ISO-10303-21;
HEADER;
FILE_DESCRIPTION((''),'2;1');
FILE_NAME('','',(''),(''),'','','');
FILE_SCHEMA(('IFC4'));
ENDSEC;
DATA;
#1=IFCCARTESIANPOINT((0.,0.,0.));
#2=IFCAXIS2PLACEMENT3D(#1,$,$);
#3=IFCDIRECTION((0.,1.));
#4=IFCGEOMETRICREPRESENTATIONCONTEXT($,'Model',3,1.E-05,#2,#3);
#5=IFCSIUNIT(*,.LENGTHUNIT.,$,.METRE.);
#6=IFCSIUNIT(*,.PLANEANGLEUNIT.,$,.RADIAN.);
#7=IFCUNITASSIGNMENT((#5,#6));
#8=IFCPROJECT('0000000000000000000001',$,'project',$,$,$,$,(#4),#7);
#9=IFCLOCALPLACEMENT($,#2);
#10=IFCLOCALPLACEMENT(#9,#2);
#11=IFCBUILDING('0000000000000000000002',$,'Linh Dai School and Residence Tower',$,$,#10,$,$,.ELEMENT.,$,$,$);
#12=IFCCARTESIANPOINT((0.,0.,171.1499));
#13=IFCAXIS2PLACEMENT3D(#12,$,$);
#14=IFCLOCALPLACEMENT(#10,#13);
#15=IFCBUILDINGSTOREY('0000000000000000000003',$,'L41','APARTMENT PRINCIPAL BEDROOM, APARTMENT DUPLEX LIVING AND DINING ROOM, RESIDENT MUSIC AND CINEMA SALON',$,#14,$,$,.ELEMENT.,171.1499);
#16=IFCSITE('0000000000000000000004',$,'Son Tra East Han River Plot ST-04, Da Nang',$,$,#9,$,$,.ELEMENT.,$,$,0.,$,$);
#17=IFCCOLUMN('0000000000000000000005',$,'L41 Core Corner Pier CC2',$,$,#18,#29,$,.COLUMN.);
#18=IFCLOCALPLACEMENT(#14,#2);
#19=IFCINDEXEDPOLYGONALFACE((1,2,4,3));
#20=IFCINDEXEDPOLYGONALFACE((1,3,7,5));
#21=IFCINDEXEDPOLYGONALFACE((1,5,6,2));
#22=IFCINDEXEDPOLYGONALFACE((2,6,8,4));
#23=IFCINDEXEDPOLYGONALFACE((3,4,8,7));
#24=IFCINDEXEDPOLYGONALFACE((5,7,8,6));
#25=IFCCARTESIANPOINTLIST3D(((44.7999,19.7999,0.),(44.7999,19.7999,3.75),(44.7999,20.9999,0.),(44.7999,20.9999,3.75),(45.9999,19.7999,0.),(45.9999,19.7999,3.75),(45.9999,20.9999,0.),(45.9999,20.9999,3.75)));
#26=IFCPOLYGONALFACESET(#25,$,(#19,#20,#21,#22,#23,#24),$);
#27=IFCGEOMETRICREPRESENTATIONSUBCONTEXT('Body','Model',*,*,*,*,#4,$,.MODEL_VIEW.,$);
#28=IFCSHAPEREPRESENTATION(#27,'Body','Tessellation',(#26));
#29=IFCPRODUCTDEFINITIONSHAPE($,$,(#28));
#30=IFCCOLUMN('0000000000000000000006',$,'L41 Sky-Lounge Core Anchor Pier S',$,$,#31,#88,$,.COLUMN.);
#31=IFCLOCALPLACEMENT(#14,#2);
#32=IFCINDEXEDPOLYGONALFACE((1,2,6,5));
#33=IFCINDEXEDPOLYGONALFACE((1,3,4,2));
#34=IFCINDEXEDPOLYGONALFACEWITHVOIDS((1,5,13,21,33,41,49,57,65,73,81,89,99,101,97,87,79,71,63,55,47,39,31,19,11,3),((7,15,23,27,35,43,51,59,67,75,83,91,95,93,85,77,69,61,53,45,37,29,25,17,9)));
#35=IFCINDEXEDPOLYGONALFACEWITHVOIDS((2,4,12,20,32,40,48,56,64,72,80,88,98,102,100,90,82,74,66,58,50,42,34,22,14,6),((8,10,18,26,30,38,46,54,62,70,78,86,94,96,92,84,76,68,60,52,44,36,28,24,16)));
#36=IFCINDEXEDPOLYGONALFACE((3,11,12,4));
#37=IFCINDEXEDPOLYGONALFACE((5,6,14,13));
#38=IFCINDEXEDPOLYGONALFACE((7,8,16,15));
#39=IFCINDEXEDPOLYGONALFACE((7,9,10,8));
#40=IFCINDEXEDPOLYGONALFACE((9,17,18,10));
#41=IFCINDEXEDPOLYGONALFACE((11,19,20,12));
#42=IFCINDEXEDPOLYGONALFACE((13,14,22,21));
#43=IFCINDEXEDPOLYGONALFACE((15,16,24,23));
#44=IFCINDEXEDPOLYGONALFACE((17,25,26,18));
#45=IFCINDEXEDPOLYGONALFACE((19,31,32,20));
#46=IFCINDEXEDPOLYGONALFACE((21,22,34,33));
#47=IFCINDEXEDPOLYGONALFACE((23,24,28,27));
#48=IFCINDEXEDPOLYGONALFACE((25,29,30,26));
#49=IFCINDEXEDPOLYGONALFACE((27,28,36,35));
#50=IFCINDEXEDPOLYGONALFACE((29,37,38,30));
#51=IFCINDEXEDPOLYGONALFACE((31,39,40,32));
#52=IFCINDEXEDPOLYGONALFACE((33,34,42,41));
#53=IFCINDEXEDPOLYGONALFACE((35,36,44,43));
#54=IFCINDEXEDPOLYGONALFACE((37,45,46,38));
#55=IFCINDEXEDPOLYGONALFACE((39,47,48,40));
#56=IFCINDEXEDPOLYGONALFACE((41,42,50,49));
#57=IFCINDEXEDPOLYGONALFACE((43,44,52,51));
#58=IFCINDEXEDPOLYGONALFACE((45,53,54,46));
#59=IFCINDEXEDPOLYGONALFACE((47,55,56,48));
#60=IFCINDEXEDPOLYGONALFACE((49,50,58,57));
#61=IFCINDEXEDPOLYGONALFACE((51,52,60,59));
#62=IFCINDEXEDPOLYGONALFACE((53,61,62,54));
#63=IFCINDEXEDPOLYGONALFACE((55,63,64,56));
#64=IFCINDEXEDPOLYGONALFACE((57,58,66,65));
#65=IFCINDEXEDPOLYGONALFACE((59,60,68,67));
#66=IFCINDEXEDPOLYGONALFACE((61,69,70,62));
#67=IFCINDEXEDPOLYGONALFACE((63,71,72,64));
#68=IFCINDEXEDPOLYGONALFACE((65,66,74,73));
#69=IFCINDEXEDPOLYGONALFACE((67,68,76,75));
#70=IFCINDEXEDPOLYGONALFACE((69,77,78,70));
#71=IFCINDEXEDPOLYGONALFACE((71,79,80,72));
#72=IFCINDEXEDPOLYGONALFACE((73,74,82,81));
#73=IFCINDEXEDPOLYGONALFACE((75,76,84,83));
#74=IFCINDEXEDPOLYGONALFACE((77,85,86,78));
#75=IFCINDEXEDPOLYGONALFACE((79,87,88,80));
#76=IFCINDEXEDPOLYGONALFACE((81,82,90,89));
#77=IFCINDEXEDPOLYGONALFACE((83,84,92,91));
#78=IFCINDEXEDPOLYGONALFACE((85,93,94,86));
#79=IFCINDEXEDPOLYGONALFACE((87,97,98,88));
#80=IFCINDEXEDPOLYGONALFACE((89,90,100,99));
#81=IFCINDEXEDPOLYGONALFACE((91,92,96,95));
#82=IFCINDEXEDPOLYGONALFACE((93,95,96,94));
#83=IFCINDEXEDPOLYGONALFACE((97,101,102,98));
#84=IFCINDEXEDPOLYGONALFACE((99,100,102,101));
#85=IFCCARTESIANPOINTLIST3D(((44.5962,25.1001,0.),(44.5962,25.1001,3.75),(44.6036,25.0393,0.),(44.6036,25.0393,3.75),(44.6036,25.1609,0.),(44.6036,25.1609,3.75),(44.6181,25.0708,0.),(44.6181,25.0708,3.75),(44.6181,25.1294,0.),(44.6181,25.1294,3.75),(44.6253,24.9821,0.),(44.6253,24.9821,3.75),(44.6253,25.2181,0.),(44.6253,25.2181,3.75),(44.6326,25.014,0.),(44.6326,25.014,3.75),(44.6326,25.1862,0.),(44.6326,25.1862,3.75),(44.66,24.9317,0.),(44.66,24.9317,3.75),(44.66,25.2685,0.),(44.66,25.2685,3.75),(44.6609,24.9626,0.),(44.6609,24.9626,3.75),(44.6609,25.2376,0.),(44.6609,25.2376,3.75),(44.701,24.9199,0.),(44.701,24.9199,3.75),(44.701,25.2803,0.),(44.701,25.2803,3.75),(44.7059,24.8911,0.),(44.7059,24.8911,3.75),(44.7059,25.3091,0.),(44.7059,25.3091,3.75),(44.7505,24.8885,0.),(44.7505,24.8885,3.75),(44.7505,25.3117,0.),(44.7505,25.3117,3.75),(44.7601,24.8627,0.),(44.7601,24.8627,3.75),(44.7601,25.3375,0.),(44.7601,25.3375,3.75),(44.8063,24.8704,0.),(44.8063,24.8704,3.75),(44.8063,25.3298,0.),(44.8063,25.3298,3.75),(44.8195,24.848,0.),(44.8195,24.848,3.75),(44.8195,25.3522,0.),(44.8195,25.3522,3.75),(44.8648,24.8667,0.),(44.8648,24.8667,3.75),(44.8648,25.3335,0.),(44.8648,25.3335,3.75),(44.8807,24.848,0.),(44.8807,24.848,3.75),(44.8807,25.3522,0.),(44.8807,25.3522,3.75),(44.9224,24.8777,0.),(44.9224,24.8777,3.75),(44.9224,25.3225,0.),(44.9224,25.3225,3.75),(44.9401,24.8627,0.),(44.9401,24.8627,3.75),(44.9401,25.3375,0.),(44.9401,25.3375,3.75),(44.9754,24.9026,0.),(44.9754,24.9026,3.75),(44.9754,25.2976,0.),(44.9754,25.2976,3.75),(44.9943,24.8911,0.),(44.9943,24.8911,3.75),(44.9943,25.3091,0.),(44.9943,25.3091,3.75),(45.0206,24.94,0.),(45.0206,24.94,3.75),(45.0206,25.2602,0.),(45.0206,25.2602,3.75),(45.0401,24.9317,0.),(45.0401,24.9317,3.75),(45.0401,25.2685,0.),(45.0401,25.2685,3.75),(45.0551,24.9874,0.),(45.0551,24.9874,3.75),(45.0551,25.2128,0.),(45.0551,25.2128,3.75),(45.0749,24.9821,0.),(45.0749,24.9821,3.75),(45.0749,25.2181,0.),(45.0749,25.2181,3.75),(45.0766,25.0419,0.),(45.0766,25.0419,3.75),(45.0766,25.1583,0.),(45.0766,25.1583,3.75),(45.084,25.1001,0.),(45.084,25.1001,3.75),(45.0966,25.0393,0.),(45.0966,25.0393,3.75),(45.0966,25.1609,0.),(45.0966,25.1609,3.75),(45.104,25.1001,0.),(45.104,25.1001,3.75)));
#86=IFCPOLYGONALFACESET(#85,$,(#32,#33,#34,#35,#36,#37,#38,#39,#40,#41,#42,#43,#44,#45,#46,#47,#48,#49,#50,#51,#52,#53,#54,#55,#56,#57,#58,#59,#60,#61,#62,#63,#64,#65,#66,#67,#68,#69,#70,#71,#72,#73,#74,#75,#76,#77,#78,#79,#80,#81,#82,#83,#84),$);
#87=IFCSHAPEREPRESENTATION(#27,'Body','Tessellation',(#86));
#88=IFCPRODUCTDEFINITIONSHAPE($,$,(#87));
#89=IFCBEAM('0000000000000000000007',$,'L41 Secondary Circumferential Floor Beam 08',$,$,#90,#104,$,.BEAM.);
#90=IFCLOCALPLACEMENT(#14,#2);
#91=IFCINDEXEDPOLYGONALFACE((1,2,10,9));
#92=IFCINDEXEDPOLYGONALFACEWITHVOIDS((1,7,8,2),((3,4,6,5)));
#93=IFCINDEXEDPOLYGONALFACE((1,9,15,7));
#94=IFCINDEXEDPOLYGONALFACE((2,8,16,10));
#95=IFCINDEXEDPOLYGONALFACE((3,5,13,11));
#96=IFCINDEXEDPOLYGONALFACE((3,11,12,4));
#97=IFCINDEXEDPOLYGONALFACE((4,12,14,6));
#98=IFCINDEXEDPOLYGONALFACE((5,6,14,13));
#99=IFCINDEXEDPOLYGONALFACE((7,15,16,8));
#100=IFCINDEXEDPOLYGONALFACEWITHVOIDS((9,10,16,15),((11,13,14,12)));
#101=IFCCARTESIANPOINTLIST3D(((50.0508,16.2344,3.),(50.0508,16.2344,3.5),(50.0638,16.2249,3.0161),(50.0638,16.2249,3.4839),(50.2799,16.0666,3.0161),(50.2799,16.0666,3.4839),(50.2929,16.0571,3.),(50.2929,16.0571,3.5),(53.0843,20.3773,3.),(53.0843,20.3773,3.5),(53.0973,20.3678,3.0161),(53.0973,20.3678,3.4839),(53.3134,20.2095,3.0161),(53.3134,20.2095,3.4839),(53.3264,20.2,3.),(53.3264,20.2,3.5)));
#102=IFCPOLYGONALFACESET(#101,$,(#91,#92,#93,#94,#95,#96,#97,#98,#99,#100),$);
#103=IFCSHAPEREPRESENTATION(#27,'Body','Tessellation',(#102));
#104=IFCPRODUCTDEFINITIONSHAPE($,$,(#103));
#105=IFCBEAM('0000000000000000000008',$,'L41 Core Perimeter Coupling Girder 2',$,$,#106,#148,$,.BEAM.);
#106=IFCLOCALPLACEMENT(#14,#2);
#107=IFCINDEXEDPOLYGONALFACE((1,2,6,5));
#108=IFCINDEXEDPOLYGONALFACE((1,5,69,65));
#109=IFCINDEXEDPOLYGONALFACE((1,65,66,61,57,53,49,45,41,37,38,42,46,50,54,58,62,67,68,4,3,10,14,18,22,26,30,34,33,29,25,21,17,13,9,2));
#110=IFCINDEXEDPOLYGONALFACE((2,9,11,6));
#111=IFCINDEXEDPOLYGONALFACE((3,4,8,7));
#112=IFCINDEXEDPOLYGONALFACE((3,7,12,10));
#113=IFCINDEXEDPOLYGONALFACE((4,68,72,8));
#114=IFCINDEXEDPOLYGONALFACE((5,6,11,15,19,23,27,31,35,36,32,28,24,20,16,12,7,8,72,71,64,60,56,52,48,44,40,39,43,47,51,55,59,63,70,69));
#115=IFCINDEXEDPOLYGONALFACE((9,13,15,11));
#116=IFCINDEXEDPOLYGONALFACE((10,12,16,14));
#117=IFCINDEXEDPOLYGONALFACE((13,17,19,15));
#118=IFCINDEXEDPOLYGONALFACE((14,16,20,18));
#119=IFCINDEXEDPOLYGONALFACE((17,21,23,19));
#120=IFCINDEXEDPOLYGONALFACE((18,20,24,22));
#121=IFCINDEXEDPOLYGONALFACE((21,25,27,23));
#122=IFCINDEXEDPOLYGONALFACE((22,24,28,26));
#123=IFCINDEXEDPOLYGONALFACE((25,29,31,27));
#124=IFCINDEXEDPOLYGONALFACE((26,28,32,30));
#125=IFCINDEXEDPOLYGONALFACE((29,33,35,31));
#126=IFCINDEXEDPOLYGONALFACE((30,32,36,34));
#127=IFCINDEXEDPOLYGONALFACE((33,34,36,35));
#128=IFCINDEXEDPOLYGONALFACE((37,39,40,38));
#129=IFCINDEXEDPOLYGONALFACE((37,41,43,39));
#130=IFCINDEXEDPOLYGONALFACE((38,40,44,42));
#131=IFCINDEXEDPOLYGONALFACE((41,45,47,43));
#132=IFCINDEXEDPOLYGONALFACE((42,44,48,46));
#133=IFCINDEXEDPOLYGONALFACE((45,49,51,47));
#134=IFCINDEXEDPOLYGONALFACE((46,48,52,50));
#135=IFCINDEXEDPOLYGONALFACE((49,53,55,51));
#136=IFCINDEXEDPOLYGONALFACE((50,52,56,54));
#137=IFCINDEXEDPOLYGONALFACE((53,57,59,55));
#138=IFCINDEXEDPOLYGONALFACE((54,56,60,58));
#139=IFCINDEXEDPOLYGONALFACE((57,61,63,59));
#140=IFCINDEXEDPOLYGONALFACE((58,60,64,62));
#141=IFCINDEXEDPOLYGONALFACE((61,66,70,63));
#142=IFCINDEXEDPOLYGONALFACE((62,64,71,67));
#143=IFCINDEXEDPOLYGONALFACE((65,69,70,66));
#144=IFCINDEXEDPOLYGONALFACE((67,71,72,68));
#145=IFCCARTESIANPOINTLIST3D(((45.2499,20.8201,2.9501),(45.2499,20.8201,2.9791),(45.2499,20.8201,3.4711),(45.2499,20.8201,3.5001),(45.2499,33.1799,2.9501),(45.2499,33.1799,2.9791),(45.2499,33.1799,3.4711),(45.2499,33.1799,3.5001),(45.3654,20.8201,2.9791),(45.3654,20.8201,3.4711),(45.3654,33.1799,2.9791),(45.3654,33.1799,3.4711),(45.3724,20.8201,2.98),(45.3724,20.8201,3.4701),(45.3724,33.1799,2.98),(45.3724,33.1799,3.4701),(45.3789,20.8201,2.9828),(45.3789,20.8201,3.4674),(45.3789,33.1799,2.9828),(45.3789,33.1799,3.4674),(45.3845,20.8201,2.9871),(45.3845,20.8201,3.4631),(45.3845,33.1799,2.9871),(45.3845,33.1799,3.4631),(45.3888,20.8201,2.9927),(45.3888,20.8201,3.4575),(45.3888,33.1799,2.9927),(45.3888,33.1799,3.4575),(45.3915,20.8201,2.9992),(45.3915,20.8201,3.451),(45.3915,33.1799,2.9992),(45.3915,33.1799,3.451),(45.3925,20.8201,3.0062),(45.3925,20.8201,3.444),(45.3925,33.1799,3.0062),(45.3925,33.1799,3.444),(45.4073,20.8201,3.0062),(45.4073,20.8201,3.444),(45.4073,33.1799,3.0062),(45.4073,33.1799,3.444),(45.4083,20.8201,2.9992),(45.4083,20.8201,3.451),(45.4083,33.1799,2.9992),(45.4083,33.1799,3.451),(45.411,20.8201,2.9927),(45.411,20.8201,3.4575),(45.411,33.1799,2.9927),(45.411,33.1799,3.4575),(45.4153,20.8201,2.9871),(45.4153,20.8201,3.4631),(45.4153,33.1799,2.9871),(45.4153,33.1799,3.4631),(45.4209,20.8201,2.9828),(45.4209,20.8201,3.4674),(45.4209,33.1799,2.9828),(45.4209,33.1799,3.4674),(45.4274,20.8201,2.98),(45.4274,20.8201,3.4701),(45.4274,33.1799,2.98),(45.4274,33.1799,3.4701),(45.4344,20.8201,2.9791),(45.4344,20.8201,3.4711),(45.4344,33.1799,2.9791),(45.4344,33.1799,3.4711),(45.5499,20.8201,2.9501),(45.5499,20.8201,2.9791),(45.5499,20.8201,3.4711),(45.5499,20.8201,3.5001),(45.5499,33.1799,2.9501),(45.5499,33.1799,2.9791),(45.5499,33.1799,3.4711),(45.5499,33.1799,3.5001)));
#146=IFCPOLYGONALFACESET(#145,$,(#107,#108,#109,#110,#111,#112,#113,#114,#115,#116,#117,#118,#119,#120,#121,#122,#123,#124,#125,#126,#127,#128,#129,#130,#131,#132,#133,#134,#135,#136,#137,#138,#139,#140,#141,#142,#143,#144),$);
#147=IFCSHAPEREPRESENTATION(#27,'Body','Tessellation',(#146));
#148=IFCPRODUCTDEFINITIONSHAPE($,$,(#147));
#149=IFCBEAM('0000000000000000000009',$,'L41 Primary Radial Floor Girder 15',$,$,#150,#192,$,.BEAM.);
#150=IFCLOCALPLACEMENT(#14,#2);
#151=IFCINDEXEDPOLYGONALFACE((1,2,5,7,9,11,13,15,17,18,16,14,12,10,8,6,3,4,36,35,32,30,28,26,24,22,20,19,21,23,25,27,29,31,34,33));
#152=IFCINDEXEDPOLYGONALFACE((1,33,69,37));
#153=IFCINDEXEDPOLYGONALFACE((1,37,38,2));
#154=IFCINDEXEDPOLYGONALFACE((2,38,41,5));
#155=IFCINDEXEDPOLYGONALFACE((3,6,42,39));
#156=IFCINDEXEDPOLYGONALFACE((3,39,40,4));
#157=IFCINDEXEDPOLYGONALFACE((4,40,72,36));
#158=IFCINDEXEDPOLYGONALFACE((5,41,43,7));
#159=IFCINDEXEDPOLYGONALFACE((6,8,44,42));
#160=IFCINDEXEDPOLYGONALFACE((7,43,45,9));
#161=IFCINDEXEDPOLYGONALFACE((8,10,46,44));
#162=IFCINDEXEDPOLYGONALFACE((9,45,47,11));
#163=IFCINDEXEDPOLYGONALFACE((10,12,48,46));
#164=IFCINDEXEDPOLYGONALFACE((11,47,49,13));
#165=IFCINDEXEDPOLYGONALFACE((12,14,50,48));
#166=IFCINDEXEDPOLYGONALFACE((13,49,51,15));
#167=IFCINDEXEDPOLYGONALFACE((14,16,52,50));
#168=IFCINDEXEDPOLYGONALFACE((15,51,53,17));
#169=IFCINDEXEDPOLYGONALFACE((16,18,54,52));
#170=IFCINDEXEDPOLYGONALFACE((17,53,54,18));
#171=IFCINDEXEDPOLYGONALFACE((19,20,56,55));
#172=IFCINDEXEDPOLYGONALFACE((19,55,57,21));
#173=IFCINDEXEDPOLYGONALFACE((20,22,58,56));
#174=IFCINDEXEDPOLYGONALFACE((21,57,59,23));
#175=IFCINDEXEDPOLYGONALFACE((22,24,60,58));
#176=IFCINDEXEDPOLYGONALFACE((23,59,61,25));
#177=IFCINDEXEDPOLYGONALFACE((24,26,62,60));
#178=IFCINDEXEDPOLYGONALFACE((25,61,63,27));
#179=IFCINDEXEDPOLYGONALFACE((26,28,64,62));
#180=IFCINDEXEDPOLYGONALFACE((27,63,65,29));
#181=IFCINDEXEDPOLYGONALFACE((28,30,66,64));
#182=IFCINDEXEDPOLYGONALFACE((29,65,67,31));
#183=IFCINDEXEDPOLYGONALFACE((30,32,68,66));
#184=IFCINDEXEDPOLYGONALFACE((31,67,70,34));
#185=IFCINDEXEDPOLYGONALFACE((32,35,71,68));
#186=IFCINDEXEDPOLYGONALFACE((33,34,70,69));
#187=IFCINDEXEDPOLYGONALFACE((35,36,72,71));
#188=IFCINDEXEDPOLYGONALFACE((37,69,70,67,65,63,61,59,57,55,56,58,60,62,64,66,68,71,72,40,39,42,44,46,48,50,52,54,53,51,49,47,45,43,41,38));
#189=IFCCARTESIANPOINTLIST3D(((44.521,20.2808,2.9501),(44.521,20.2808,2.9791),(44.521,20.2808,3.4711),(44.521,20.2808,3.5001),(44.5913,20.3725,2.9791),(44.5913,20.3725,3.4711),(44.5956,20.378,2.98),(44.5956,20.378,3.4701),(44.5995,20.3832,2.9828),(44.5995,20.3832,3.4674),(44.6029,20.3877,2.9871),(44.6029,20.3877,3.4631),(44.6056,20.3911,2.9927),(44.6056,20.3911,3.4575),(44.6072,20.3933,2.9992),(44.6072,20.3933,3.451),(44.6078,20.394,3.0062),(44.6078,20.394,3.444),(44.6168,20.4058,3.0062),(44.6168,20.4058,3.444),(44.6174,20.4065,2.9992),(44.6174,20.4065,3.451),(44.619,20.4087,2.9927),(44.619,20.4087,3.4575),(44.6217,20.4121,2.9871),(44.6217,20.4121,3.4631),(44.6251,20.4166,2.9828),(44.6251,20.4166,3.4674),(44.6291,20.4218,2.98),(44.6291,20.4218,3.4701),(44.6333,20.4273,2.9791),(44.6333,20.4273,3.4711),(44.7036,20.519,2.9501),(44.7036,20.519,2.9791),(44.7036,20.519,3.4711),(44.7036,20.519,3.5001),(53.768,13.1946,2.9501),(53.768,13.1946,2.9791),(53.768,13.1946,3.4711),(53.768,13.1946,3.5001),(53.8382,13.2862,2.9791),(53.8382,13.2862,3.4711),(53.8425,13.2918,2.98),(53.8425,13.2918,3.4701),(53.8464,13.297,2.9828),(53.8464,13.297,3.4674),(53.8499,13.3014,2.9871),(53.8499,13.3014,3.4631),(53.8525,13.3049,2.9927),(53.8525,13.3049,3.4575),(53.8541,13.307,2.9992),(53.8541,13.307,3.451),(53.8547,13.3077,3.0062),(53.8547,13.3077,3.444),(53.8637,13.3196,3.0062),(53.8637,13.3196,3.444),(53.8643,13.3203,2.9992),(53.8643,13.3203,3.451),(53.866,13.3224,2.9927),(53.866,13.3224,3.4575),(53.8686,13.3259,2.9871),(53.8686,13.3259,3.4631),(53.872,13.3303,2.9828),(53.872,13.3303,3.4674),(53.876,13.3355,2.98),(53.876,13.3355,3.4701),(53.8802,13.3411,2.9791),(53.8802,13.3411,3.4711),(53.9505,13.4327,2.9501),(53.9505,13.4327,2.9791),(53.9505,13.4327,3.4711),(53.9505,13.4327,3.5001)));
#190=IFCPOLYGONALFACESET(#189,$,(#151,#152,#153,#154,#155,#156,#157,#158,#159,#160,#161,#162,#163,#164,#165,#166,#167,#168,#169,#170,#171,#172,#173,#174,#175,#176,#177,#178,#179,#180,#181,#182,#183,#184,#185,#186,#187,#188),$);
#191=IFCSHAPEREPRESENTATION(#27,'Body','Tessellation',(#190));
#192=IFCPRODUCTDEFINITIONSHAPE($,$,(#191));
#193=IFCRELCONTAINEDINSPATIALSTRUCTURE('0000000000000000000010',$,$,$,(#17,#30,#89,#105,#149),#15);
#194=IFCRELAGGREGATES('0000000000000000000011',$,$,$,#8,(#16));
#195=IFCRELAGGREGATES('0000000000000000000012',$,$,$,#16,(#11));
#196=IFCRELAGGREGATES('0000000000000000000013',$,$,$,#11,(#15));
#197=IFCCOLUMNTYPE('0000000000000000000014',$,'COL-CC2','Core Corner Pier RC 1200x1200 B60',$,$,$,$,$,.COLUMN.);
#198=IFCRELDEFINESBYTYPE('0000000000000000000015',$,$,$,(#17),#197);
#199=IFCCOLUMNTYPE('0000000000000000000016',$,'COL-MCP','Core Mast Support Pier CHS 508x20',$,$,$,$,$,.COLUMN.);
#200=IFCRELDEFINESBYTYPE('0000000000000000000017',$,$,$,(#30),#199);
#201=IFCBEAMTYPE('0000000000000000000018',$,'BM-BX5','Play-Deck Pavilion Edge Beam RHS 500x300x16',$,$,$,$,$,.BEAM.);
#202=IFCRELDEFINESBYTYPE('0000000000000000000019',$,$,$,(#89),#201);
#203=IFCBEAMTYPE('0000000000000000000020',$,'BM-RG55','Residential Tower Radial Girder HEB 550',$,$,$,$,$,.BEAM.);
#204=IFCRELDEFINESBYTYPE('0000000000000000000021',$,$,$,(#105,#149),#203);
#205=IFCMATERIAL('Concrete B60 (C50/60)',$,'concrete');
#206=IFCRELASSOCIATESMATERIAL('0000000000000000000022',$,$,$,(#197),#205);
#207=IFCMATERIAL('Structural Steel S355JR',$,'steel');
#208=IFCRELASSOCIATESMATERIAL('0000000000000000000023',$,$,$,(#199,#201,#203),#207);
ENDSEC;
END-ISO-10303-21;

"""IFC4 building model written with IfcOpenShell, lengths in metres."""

from ifc_helpers import new_model, si_unit, direction, frame, origin, origin_2d, place, context, subcontext, project, spatial, rectangle, hollow_rectangle, hollow_circle, i_section, extrude, material, material_profile, profile_set, type_object, element, save


model = new_model("IFC4")

# Units and contexts
model_context = context("Model", 3, precision=1e-05, world=origin(), true_north=direction((0.0, 1.0)))
body_context = subcontext(model_context, "Body", "Model", "MODEL_VIEW")
ifc_project = project(units=[si_unit("LENGTHUNIT", "METRE"), si_unit("PLANEANGLEUNIT", "RADIAN")], contexts=[model_context])

# Site, building, storey
site_placement = place(None, origin())
site = spatial("IfcSite", under=ifc_project, at=site_placement, Name="Son Tra East Han River Plot ST-04, Da Nang", CompositionType="ELEMENT", RefElevation=0.0)
building_placement = place(site_placement, origin())
building = spatial("IfcBuilding", under=site, at=building_placement, Name="Linh Dai School and Residence Tower", CompositionType="ELEMENT")
storey_placement = place(building_placement, frame((0.0, 0.0, 171.1499)))
storey = spatial("IfcBuildingStorey", under=building, at=storey_placement, Name="L41", Description="APARTMENT PRINCIPAL BEDROOM, APARTMENT DUPLEX LIVING AND DINING ROOM, RESIDENT MUSIC AND CINEMA SALON", CompositionType="ELEMENT", Elevation=171.1499)

# Columns
ifc_material_1 = material(Name="Concrete B60 (C50/60)", Category="concrete")
ifc_material_profile_1 = material_profile(ifc_material_1, rectangle(XDim=1.2, YDim=1.2, at=origin_2d()), Name="RC 1200x1200")
ifc_profile_set_1 = profile_set([ifc_material_profile_1], Name="Concrete B60 (C50/60)")
column_type_1 = type_object("IfcColumnType", Name="COL-CC2", Description="Core Corner Pier RC 1200x1200 B60", PredefinedType="COLUMN", material=ifc_profile_set_1)
column_1_placement = place(storey_placement, frame((45.3999, 20.3999, 0.0), z_axis=(0.0, 0.0, 1.0), x_axis=(1.0, 0.0, 0.0)))
element("IfcColumn", 1, at=column_1_placement, inside=storey, type_object=column_type_1, Name="L41 Core Corner Pier CC2", PredefinedType="COLUMN", context=body_context, shape_type="SweptSolid", body=[
    extrude(rectangle(XDim=1.2, YDim=1.2, at=origin_2d()), origin(), (0.0, 0.0, 1.0), 3.75),
])
ifc_material_2 = material(Name="Structural Steel S355JR", Category="steel")
ifc_material_profile_2 = material_profile(ifc_material_2, hollow_circle(Radius=0.2539, WallThickness=0.02, at=origin_2d()), Name="CHS 508x20")
ifc_profile_set_2 = profile_set([ifc_material_profile_2], Name="Structural Steel S355JR")
column_type_2 = type_object("IfcColumnType", Name="COL-MCP", Description="Core Mast Support Pier CHS 508x20", PredefinedType="COLUMN", material=ifc_profile_set_2)
column_2_placement = place(storey_placement, frame((44.8501, 25.1001, 0.0), z_axis=(0.0, 0.0, 1.0), x_axis=(1.0, 0.0, 0.0)))
element("IfcColumn", 2, at=column_2_placement, inside=storey, type_object=column_type_2, Name="L41 Sky-Lounge Core Anchor Pier S", PredefinedType="COLUMN", context=body_context, shape_type="SweptSolid", body=[
    extrude(hollow_circle(Radius=0.2539, WallThickness=0.02, at=origin_2d()), origin(), (0.0, 0.0, 1.0), 3.75),
])

# Beams
ifc_material_profile_3 = material_profile(ifc_material_2, hollow_rectangle(XDim=0.3, YDim=0.5, WallThickness=0.0161, at=origin_2d()), Name="RHS 500x300x16")
ifc_profile_set_3 = profile_set([ifc_material_profile_3], Name="Structural Steel S355JR")
beam_type_1 = type_object("IfcBeamType", Name="BM-BX5", Description="Play-Deck Pavilion Edge Beam RHS 500x300x16", PredefinedType="BEAM", material=ifc_profile_set_3)
beam_1_placement = place(storey_placement, frame((50.1719, 16.1458, 3.25), z_axis=(0.590778, 0.806834, 0.0), x_axis=(-0.806834, 0.590778, 0.0)))
element("IfcBeam", 3, at=beam_1_placement, inside=storey, type_object=beam_type_1, Name="L41 Secondary Circumferential Floor Beam 08", PredefinedType="BEAM", context=body_context, shape_type="SweptSolid", body=[
    extrude(hollow_rectangle(XDim=0.3, YDim=0.5, WallThickness=0.0161, at=origin_2d()), origin(), (0.0, 0.0, 1.0), 5.1348),
])
ifc_material_profile_4 = material_profile(ifc_material_2, i_section(OverallWidth=0.3, OverallDepth=0.55, WebThickness=0.0149, FlangeThickness=0.0291, FilletRadius=0.0271, at=origin_2d()), Name="HEB 550")
ifc_profile_set_4 = profile_set([ifc_material_profile_4], Name="Structural Steel S355JR")
beam_type_2 = type_object("IfcBeamType", Name="BM-RG55", Description="Residential Tower Radial Girder HEB 550", PredefinedType="BEAM", material=ifc_profile_set_4)
beam_2_placement = place(storey_placement, frame((45.3999, 20.8201, 3.2251), z_axis=(0.0, 1.0, 0.0), x_axis=(-1.0, 0.0, 0.0)))
element("IfcBeam", 4, at=beam_2_placement, inside=storey, type_object=beam_type_2, Name="L41 Core Perimeter Coupling Girder 2", PredefinedType="BEAM", context=body_context, shape_type="SweptSolid", body=[
    extrude(i_section(OverallWidth=0.3, OverallDepth=0.55, WebThickness=0.0149, FlangeThickness=0.0291, FilletRadius=0.0271, at=origin_2d()), origin(), (0.0, 0.0, 1.0), 12.3599),
])
beam_3_placement = place(storey_placement, frame((44.6123, 20.3999, 3.2251), z_axis=(0.793733, -0.608267, 0.0), x_axis=(0.608267, 0.793733, 0.0)))
element("IfcBeam", 5, at=beam_3_placement, inside=storey, type_object=beam_type_2, Name="L41 Primary Radial Floor Girder 15", PredefinedType="BEAM", context=body_context, shape_type="SweptSolid", body=[
    extrude(i_section(OverallWidth=0.3, OverallDepth=0.55, WebThickness=0.0149, FlangeThickness=0.0291, FilletRadius=0.0271, at=origin_2d()), origin(), (0.0, 0.0, 1.0), 11.6499),
])

save(model, "model.ifc")
